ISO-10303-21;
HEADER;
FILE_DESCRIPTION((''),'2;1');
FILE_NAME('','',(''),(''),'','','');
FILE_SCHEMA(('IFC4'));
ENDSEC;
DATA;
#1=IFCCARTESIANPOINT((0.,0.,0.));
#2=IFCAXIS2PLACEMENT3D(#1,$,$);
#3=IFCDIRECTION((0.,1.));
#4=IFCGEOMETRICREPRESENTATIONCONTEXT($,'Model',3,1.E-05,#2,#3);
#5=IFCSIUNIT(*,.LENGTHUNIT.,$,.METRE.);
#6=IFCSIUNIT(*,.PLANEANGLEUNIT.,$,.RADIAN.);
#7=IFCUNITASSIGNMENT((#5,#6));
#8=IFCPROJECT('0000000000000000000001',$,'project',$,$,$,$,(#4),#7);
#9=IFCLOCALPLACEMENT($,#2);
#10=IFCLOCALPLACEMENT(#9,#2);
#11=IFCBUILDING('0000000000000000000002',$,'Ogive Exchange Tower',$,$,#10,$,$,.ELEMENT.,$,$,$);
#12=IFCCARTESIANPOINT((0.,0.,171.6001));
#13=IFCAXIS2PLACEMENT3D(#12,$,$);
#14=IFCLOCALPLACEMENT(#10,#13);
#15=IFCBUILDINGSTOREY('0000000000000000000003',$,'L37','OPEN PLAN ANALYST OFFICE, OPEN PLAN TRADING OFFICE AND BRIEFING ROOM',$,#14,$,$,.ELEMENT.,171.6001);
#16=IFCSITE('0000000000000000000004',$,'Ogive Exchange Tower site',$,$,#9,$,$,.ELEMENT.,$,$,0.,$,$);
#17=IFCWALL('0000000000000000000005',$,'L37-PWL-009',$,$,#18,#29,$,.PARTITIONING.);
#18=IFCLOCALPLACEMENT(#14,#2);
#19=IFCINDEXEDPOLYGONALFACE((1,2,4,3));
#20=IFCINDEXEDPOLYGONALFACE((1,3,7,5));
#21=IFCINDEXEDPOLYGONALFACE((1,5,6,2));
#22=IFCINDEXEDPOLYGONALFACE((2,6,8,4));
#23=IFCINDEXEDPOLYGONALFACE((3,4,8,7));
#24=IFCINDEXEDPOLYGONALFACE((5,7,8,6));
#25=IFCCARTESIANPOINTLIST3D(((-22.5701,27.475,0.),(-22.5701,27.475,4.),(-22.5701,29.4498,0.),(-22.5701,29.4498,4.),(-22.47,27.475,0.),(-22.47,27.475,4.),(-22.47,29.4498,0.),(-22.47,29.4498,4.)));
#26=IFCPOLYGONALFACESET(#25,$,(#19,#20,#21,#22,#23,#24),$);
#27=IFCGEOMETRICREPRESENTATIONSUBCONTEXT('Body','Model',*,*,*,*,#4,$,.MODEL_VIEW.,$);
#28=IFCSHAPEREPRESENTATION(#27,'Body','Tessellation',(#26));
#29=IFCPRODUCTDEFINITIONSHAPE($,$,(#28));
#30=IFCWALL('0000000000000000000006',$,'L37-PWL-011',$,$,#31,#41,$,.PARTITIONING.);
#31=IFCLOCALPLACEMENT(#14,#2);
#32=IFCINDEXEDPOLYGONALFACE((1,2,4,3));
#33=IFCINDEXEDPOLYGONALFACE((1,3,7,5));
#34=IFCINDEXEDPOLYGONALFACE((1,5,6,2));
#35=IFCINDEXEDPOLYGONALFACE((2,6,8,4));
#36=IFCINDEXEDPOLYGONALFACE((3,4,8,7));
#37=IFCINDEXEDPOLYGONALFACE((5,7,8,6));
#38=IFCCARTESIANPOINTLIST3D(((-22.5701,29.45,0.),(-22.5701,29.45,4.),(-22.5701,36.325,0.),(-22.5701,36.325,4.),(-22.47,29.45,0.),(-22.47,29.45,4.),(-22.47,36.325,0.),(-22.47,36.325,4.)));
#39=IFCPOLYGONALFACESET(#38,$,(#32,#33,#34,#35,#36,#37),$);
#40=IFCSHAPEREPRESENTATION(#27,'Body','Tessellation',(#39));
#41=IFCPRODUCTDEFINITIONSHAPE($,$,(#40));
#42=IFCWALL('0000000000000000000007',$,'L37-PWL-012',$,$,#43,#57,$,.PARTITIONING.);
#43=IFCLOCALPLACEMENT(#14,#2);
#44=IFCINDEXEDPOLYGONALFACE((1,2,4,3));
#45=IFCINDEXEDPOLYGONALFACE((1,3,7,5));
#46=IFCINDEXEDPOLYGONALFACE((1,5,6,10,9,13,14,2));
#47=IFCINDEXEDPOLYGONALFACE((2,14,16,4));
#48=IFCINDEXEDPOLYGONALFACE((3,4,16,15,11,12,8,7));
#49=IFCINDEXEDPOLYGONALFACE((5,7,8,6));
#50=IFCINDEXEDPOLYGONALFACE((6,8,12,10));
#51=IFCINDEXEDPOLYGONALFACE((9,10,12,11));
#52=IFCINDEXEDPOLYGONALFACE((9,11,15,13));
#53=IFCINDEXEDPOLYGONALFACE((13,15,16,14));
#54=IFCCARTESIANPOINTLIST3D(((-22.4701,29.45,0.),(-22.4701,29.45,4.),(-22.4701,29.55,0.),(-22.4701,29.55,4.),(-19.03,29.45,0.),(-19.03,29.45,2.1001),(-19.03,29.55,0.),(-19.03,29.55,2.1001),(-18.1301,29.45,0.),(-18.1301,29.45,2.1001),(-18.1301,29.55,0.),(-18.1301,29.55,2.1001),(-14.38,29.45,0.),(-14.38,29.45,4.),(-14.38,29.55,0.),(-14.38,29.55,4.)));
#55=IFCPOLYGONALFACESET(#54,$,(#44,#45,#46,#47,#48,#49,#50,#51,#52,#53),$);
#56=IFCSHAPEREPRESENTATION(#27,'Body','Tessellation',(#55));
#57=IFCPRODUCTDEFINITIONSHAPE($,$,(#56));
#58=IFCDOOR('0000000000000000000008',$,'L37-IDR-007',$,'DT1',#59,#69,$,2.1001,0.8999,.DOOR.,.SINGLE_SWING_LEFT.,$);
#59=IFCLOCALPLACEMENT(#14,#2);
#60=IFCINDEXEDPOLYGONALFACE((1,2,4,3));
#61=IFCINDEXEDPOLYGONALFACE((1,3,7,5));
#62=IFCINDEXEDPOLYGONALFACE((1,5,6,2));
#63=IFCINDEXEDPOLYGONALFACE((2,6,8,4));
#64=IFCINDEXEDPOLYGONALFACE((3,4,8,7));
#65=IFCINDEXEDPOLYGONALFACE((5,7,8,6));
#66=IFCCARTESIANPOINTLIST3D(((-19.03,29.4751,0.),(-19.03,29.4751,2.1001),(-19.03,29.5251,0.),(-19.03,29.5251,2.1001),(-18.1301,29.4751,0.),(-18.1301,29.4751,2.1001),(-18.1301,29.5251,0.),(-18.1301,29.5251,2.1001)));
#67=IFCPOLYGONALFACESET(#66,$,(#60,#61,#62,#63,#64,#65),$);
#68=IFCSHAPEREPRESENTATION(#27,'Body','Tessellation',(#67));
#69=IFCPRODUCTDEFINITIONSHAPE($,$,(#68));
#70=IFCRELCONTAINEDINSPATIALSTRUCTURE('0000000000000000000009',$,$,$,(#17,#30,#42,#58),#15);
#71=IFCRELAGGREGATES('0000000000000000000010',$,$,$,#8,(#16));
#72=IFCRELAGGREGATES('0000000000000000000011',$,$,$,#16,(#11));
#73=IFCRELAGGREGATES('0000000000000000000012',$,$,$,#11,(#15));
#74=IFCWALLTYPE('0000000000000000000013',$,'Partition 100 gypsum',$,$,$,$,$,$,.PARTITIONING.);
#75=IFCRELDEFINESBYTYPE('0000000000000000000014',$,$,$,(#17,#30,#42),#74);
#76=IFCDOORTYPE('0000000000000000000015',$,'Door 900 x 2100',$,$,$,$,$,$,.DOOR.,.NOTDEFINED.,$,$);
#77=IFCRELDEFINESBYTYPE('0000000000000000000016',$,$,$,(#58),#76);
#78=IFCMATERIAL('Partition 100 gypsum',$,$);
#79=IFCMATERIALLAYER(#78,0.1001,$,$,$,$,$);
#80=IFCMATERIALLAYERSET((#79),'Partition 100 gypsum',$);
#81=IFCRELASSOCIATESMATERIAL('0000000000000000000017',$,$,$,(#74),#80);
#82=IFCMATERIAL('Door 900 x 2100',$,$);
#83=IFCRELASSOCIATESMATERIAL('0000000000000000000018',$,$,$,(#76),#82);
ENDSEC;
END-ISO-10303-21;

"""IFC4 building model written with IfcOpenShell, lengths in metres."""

from ifc_helpers import new_model, si_unit, direction, frame, frame_2d, origin, place, context, subcontext, project, spatial, rectangle, extrude, material, layer, layer_set, type_object, element, fill, save


model = new_model("IFC4")

# Units and contexts
model_context = context("Model", 3, precision=1e-05, world=origin(), true_north=direction((0.0, 1.0)))
body_context = subcontext(model_context, "Body", "Model", "MODEL_VIEW")
ifc_project = project(units=[si_unit("LENGTHUNIT", "METRE"), si_unit("PLANEANGLEUNIT", "RADIAN")], contexts=[model_context])

# Site, building, storey
site_placement = place(None, origin())
site = spatial("IfcSite", under=ifc_project, at=site_placement, Name="Ogive Exchange Tower site", CompositionType="ELEMENT", RefElevation=0.0)
building_placement = place(site_placement, origin())
building = spatial("IfcBuilding", under=site, at=building_placement, Name="Ogive Exchange Tower", CompositionType="ELEMENT")
storey_placement = place(building_placement, frame((0.0, 0.0, 171.6001)))
storey = spatial("IfcBuildingStorey", under=building, at=storey_placement, Name="L37", Description="OPEN PLAN ANALYST OFFICE, OPEN PLAN TRADING OFFICE AND BRIEFING ROOM", CompositionType="ELEMENT", Elevation=171.6001)

# Walls
ifc_material_1 = material(Name="Partition 100 gypsum")
ifc_layer_1 = layer(ifc_material_1, 0.1001)
ifc_layer_set_1 = layer_set([ifc_layer_1], Name="Partition 100 gypsum")
wall_type_1 = type_object("IfcWallType", Name="Partition 100 gypsum", PredefinedType="PARTITIONING", material=ifc_layer_set_1)
wall_1_placement = place(storey_placement, frame((-22.52, 27.4751, 0.0), z_axis=(0.0, 0.0, 1.0), x_axis=(0.0, 1.0, 0.0)))
element("IfcWall", 1, at=wall_1_placement, inside=storey, type_object=wall_type_1, Name="L37-PWL-009", PredefinedType="PARTITIONING", context=body_context, shape_type="SweptSolid", body=[
    extrude(rectangle(XDim=1.9749, YDim=0.1001, at=frame_2d((0.9873, 0.0))), origin(), (0.0, 0.0, 1.0), 4.0),
])
wall_2_placement = place(storey_placement, frame((-22.52, 29.45, 0.0), z_axis=(0.0, 0.0, 1.0), x_axis=(0.0, 1.0, 0.0)))
element("IfcWall", 2, at=wall_2_placement, inside=storey, type_object=wall_type_1, Name="L37-PWL-011", PredefinedType="PARTITIONING", context=body_context, shape_type="SweptSolid", body=[
    extrude(rectangle(XDim=6.875, YDim=0.1001, at=frame_2d((3.4375, 0.0))), origin(), (0.0, 0.0, 1.0), 4.0),
])

# Wall, opening, door
wall_3_placement = place(storey_placement, frame((-22.47, 29.5, 0.0), z_axis=(0.0, 0.0, 1.0), x_axis=(1.0, 0.0, 0.0)))
wall_3 = element("IfcWall", 3, at=wall_3_placement, inside=storey, type_object=wall_type_1, Name="L37-PWL-012", PredefinedType="PARTITIONING", context=body_context, shape_type="SweptSolid", body=[
    extrude(rectangle(XDim=8.0901, YDim=0.1001, at=frame_2d((4.0449, 0.0))), origin(), (0.0, 0.0, 1.0), 4.0),
])
opening_1_placement = place(wall_3_placement, frame((3.4399, 0.0, 0.0)))
opening_1 = element("IfcOpeningElement", 4, at=opening_1_placement, cuts=wall_3, PredefinedType="OPENING", context=body_context, shape_type="SweptSolid", body=[
    extrude(rectangle(XDim=0.8999, YDim=2.1001, at=frame_2d((0.45, 1.05))), frame((0.0, 0.0601, 0.0), z_axis=(0.0, -1.0, 0.0), x_axis=(1.0, 0.0, 0.0)), (0.0, 0.0, 1.0), 0.1201),
])
ifc_material_2 = material(Name="Door 900 x 2100")
door_type_1 = type_object("IfcDoorType", Name="Door 900 x 2100", OperationType="NOTDEFINED", PredefinedType="DOOR", material=ifc_material_2)
door_1_placement = place(opening_1_placement, frame((0.8999, 0.0, 0.0), z_axis=(0.0, 0.0, 1.0), x_axis=(-1.0, 0.0, 0.0)))
door_1 = element("IfcDoor", 5, at=door_1_placement, inside=storey, type_object=door_type_1, Name="L37-IDR-007", ObjectType="DT1", OperationType="SINGLE_SWING_LEFT", OverallHeight=2.1001, OverallWidth=0.8999, PredefinedType="DOOR", context=body_context, shape_type="SweptSolid", body=[
    extrude(rectangle(XDim=0.8999, YDim=2.1001, at=frame_2d((0.45, 1.05))), frame((0.0, 0.0249, 0.0), z_axis=(0.0, -1.0, 0.0), x_axis=(1.0, 0.0, 0.0)), (0.0, 0.0, 1.0), 0.05),
])
fill(opening_1, door_1)

save(model, "model.ifc")
